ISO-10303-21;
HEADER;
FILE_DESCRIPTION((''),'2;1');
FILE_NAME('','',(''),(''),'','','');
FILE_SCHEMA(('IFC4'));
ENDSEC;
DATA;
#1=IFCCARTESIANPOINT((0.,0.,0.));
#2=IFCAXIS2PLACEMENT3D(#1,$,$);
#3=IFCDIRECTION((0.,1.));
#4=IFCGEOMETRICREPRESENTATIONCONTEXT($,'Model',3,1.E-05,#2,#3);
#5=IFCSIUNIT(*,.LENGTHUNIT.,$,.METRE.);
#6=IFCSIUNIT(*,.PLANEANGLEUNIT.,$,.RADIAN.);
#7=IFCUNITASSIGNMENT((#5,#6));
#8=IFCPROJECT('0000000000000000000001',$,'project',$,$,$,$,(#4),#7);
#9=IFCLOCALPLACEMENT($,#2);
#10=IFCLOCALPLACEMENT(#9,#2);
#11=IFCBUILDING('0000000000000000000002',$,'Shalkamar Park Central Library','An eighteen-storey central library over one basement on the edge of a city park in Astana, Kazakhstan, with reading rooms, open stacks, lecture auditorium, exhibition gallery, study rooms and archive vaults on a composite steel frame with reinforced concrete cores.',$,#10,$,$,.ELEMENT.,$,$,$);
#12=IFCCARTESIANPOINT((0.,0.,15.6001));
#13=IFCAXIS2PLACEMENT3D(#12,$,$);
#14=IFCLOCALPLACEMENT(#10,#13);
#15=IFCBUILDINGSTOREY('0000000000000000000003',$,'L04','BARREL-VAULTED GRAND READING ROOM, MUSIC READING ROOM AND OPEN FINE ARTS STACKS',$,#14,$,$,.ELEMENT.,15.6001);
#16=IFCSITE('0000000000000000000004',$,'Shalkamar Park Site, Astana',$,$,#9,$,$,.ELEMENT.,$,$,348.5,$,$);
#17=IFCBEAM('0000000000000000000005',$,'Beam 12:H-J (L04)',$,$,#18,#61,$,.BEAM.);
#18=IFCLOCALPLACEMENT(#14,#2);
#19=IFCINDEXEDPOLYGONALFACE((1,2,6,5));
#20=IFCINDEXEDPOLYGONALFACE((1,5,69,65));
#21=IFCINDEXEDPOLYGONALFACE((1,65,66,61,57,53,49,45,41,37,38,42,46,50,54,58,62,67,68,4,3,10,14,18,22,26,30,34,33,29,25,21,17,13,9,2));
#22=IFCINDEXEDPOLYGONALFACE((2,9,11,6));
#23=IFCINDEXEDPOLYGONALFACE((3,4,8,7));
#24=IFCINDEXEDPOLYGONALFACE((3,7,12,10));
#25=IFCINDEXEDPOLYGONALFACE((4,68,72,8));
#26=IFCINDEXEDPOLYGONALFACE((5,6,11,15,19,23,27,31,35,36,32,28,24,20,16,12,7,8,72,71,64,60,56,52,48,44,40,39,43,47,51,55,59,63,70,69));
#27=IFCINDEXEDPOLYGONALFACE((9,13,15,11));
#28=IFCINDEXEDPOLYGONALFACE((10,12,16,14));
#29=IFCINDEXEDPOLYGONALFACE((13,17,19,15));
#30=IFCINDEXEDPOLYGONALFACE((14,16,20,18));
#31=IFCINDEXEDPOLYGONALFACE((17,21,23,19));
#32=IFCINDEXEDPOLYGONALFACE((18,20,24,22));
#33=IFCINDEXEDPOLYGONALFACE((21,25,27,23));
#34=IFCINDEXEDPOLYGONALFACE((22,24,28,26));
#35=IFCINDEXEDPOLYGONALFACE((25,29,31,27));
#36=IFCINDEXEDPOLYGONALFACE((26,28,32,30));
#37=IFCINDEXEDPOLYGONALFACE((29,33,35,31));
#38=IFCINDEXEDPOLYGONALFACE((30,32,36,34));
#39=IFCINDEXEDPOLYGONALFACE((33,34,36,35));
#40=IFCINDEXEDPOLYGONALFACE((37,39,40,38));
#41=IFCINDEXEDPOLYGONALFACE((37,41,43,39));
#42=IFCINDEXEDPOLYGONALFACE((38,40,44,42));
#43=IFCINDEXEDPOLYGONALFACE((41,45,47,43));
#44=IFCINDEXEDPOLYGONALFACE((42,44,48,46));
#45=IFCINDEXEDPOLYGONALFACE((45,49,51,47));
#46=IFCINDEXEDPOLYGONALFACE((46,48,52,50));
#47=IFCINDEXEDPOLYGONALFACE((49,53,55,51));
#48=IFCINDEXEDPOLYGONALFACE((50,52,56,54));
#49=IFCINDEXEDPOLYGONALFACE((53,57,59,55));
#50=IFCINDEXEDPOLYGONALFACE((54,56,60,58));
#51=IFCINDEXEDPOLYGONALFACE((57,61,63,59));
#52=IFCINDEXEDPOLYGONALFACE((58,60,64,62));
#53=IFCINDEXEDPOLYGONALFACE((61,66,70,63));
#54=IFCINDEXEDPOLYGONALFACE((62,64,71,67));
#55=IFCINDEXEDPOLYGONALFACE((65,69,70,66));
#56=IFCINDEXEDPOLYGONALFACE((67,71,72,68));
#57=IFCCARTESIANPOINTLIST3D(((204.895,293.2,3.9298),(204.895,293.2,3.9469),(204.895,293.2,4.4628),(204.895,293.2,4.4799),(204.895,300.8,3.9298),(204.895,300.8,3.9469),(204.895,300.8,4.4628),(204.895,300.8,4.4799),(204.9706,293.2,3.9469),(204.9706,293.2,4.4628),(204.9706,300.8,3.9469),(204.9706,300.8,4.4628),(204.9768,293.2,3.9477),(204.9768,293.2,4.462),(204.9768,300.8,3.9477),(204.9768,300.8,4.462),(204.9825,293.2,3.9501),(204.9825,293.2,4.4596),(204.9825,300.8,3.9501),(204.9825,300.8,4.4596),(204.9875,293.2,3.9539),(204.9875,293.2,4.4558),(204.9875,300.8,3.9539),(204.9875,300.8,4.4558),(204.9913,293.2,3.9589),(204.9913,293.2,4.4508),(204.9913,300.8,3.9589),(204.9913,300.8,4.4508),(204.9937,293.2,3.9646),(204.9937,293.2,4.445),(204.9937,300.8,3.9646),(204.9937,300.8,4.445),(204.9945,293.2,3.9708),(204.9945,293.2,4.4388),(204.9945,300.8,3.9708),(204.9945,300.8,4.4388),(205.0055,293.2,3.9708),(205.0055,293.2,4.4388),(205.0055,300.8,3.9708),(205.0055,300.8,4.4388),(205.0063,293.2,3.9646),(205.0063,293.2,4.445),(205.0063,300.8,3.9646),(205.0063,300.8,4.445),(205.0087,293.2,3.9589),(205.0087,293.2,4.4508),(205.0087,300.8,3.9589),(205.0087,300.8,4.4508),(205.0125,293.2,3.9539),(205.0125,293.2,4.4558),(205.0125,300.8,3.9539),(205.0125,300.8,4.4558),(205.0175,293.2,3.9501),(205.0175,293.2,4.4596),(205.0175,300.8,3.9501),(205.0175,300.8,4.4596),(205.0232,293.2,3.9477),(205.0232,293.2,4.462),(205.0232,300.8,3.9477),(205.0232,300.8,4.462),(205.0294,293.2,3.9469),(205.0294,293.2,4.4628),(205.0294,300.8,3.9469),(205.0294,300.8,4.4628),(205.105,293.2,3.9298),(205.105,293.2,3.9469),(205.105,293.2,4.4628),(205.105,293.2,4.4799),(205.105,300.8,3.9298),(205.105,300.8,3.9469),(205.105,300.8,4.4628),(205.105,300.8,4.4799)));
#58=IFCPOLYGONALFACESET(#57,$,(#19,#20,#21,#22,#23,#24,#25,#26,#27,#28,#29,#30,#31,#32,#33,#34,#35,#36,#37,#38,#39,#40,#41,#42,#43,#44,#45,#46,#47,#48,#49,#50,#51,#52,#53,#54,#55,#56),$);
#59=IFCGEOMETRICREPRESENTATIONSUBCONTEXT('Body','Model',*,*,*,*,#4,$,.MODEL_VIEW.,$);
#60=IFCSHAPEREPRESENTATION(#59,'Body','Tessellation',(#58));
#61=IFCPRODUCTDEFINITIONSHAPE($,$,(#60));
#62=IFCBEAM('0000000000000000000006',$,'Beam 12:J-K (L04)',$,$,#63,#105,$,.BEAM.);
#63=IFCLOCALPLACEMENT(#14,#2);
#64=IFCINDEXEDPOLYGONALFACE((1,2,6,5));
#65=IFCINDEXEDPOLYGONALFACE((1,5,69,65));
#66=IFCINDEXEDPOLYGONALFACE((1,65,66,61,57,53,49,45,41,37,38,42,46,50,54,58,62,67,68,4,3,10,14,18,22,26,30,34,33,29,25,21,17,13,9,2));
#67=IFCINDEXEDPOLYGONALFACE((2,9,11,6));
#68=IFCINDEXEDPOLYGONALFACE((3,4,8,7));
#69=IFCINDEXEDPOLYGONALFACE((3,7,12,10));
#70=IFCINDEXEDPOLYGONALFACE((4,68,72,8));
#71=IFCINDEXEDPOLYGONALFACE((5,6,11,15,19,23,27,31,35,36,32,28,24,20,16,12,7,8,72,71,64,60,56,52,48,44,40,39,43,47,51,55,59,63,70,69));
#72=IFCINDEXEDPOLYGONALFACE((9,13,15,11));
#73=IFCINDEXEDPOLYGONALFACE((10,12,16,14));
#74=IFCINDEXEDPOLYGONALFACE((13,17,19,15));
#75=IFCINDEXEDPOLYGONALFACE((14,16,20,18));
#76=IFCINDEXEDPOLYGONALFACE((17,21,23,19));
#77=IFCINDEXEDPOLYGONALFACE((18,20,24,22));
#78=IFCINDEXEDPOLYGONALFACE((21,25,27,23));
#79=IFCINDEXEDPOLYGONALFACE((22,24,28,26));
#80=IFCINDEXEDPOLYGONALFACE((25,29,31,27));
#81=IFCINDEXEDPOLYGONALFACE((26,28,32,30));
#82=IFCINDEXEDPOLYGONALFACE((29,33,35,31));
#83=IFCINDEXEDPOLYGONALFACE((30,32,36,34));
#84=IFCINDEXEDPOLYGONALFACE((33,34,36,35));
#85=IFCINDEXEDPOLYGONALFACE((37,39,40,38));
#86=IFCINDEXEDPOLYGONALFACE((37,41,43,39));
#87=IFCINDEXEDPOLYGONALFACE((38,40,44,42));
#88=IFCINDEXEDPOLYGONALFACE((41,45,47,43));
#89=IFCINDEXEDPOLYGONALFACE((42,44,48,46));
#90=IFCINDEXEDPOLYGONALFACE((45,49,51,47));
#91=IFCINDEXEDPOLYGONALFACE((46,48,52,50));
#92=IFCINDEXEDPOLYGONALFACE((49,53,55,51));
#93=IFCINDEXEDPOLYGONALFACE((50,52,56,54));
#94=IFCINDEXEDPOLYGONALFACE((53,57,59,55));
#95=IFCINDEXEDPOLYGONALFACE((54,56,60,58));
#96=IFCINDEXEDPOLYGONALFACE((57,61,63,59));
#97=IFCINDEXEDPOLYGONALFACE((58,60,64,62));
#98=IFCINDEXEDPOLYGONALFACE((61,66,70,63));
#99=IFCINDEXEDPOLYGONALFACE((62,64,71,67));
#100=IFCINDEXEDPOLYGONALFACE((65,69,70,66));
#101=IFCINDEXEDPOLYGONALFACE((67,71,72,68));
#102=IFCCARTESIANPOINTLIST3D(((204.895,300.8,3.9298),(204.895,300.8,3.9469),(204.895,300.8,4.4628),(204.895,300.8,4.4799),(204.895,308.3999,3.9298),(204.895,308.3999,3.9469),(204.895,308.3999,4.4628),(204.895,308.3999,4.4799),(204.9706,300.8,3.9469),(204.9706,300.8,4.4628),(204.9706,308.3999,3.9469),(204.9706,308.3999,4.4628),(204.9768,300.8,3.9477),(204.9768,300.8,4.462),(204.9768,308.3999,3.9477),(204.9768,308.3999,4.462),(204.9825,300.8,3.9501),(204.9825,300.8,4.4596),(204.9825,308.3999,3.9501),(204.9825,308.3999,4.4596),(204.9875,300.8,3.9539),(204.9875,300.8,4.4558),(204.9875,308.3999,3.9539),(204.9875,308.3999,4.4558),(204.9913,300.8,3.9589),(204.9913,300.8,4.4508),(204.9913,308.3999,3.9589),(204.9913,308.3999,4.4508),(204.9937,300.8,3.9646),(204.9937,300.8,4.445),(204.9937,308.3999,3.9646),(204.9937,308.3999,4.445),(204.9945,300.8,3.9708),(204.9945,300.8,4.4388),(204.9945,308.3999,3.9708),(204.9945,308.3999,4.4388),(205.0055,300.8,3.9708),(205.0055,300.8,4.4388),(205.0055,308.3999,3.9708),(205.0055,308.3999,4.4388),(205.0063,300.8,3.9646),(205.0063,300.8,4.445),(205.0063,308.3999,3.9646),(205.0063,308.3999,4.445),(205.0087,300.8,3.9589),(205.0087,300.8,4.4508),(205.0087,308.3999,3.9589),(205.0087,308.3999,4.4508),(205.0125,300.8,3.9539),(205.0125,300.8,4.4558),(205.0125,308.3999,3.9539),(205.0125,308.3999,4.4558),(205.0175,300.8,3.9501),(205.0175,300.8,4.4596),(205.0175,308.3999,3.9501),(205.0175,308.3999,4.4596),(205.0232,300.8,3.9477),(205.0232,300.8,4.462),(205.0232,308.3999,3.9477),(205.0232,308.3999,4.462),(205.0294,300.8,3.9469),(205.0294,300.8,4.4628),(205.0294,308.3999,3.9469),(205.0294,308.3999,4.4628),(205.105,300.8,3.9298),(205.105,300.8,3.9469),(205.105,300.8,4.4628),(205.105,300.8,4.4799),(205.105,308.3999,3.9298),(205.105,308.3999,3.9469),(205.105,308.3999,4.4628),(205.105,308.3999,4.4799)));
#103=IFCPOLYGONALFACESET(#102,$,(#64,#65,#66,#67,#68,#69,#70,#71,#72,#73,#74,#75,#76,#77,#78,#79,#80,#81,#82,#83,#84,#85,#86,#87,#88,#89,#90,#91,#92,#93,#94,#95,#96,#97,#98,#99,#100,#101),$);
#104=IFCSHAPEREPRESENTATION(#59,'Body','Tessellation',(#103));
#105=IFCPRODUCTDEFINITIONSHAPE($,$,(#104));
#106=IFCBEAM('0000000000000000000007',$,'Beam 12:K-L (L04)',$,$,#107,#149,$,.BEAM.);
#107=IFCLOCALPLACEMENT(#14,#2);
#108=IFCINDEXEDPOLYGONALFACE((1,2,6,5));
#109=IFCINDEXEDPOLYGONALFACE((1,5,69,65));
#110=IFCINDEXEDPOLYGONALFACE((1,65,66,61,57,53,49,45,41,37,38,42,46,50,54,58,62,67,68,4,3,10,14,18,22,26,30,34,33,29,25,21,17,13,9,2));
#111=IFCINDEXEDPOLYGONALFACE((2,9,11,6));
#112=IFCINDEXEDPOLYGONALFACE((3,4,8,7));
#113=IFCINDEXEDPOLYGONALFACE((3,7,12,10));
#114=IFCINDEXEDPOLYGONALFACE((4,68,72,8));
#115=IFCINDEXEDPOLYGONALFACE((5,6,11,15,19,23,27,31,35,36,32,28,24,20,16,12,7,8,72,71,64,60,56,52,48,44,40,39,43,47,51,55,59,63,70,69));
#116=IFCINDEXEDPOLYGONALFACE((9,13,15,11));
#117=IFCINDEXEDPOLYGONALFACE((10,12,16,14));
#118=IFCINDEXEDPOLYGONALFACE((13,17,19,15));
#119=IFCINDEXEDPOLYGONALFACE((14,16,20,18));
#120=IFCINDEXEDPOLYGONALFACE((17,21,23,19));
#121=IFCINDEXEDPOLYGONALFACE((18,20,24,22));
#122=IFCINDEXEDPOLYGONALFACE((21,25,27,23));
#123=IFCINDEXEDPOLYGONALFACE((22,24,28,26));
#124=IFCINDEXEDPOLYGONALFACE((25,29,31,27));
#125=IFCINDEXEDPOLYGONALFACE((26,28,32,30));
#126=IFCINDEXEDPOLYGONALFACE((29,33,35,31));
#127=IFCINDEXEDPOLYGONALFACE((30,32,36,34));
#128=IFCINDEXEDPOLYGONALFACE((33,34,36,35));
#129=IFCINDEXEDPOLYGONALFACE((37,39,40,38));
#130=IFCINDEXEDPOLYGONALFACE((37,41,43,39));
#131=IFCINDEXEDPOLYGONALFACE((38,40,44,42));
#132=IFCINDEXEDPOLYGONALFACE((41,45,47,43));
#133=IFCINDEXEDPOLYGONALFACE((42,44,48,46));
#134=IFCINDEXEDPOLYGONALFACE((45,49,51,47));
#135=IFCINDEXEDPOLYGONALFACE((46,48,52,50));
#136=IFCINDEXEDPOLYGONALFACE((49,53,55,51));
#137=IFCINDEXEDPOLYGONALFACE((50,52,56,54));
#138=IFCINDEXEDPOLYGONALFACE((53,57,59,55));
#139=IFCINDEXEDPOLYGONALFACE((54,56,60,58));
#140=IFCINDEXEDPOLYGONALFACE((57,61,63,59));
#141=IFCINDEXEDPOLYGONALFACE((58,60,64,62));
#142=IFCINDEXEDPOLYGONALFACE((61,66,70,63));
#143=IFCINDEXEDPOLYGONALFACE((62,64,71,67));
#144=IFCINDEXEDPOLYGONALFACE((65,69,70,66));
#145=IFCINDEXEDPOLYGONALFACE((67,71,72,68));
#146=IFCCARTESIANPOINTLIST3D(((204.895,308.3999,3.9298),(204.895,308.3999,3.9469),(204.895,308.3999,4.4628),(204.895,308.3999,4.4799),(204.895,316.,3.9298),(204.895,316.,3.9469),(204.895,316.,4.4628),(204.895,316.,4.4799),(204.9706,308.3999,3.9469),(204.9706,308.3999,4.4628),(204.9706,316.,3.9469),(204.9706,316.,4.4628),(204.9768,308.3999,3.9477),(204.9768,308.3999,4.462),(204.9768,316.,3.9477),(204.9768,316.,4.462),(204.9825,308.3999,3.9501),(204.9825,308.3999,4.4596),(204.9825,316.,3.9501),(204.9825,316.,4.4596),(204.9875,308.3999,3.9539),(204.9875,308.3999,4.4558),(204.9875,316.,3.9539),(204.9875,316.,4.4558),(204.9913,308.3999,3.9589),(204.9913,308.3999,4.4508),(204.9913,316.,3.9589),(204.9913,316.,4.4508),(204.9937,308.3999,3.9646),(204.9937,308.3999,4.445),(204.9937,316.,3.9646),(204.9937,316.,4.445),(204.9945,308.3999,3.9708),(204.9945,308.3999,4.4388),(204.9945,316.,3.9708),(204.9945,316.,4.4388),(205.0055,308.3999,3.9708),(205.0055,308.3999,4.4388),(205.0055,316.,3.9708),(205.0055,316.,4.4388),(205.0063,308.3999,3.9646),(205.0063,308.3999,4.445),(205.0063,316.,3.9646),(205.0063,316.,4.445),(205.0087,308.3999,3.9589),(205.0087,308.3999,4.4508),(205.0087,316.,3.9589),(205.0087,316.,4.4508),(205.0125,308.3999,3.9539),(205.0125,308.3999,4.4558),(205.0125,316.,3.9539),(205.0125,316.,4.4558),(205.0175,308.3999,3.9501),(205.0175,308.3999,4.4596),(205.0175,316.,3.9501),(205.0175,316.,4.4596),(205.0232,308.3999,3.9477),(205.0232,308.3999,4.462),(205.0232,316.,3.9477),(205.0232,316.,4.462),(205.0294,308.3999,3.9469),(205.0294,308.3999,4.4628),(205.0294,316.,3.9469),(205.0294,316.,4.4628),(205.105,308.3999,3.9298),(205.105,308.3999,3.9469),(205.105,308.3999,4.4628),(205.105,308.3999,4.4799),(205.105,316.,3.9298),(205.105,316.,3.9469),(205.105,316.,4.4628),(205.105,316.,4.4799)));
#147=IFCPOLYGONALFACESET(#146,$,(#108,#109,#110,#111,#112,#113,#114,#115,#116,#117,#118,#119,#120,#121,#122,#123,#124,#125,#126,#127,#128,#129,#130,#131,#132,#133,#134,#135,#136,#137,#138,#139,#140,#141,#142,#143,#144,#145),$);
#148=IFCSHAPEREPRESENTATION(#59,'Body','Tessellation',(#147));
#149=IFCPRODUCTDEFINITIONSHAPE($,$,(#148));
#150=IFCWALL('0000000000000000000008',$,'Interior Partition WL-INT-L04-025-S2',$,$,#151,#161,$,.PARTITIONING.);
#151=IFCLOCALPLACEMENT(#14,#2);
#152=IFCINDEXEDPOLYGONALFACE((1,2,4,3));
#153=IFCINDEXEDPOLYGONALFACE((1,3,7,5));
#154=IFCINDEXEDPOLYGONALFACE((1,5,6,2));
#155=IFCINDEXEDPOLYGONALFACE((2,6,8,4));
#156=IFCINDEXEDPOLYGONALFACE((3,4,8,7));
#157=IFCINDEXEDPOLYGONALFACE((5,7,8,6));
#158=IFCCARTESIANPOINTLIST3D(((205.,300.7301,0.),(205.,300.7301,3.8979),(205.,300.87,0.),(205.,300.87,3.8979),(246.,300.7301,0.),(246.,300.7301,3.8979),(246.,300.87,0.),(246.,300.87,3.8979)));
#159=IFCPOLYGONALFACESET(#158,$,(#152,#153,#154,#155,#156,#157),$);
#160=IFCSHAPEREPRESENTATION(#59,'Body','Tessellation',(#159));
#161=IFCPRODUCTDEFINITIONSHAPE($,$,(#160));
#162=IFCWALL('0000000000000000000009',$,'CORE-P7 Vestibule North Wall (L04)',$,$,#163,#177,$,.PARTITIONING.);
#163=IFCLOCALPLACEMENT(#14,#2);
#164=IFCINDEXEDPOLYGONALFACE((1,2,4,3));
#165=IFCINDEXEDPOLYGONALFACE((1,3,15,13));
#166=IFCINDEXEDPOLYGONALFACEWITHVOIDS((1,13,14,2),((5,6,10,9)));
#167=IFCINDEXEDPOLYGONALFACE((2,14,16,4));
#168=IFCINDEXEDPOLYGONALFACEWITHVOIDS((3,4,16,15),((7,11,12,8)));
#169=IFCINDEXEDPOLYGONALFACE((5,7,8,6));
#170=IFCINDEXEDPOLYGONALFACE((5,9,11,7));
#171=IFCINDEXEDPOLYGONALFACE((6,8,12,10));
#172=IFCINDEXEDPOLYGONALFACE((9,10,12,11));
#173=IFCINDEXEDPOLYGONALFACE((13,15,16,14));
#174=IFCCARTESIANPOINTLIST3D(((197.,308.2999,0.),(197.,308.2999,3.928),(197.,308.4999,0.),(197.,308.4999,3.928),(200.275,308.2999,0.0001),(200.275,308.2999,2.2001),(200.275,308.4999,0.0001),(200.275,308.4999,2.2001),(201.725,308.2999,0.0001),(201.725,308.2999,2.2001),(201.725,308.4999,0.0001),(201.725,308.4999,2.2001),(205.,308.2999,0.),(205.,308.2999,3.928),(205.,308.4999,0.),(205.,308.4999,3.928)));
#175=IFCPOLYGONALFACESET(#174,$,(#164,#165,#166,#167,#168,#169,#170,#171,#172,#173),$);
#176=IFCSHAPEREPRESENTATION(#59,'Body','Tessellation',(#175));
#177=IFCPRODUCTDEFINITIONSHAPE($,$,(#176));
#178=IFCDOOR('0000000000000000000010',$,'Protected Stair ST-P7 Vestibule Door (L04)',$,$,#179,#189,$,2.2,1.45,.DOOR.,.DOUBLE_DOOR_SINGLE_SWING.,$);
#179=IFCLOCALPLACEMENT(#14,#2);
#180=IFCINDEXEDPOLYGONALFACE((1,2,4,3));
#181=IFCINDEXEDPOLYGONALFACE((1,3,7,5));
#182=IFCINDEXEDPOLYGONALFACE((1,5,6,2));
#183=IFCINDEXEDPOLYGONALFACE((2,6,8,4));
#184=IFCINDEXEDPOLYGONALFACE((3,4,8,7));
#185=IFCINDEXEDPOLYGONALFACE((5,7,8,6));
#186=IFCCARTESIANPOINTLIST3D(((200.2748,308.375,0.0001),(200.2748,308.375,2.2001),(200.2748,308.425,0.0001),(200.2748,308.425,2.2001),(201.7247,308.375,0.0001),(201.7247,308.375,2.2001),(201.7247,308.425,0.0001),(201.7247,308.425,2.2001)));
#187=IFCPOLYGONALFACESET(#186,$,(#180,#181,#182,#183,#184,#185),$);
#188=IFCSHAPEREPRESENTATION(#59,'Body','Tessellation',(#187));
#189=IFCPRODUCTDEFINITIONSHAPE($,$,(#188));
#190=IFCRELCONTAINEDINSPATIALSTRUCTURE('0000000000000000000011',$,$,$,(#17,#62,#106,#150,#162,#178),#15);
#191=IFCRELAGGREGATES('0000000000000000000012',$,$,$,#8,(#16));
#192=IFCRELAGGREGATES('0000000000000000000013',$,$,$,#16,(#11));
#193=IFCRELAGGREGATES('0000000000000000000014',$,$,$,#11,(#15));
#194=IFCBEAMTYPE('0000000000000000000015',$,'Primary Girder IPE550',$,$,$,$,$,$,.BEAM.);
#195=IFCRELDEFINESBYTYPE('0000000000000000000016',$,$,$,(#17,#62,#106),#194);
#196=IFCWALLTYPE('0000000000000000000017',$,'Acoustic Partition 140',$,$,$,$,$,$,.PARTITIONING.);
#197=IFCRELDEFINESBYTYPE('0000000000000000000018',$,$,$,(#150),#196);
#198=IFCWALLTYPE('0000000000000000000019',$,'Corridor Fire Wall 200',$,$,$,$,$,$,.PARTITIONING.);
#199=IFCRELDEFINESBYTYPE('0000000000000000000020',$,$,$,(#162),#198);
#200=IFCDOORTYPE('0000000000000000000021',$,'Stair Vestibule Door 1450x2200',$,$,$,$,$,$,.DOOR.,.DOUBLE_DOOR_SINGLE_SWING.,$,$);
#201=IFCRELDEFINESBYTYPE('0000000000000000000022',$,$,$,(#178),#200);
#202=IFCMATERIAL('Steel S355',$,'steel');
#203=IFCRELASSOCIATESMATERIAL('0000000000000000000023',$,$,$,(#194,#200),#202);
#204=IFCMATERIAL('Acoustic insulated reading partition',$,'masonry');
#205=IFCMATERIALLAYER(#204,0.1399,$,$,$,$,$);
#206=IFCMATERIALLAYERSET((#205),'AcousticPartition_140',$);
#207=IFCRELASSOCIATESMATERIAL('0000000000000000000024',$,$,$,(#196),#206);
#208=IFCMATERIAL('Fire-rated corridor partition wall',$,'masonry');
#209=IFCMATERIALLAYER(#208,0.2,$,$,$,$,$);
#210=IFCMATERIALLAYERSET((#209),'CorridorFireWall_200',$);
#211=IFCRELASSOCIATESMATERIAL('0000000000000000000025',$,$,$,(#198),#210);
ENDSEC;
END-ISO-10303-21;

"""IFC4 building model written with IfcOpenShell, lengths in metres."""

from ifc_helpers import new_model, si_unit, direction, frame, frame_2d, origin, origin_2d, place, context, subcontext, project, spatial, rectangle, i_section, extrude, material, layer, layer_set, material_profile, profile_set, type_object, element, fill, save


model = new_model("IFC4")

# Units and contexts
model_context = context("Model", 3, precision=1e-05, world=origin(), true_north=direction((0.0, 1.0)))
body_context = subcontext(model_context, "Body", "Model", "MODEL_VIEW")
ifc_project = project(units=[si_unit("LENGTHUNIT", "METRE"), si_unit("PLANEANGLEUNIT", "RADIAN")], contexts=[model_context])

# Site, building, storey
site_placement = place(None, origin())
site = spatial("IfcSite", under=ifc_project, at=site_placement, Name="Shalkamar Park Site, Astana", CompositionType="ELEMENT", RefElevation=348.5)
building_placement = place(site_placement, origin())
building = spatial("IfcBuilding", under=site, at=building_placement, Name="Shalkamar Park Central Library", Description="An eighteen-storey central library over one basement on the edge of a city park in Astana, Kazakhstan, with reading rooms, open stacks, lecture auditorium, exhibition gallery, study rooms and archive vaults on a composite steel frame with reinforced concrete cores.", CompositionType="ELEMENT")
storey_placement = place(building_placement, frame((0.0, 0.0, 15.6001)))
storey = spatial("IfcBuildingStorey", under=building, at=storey_placement, Name="L04", Description="BARREL-VAULTED GRAND READING ROOM, MUSIC READING ROOM AND OPEN FINE ARTS STACKS", CompositionType="ELEMENT", Elevation=15.6001)

# Shared definitions
ifc_material_1 = material(Name="Steel S355", Category="steel")

# Beams
ifc_material_profile_1 = material_profile(ifc_material_1, i_section(OverallWidth=0.21, OverallDepth=0.55, WebThickness=0.011, FlangeThickness=0.0171, FilletRadius=0.0239, at=origin_2d()), Name="IPE 550")
ifc_profile_set_1 = profile_set([ifc_material_profile_1], Name="Steel S355")
beam_type_1 = type_object("IfcBeamType", Name="Primary Girder IPE550", PredefinedType="BEAM", material=ifc_profile_set_1)
beam_1_placement = place(storey_placement, frame((205.0, 293.2, 4.2048), z_axis=(0.0, 1.0, 0.0), x_axis=(-1.0, 0.0, 0.0)))
element("IfcBeam", 1, at=beam_1_placement, inside=storey, type_object=beam_type_1, Name="Beam 12:H-J (L04)", PredefinedType="BEAM", context=body_context, shape_type="SweptSolid", body=[
    extrude(i_section(OverallWidth=0.21, OverallDepth=0.55, WebThickness=0.011, FlangeThickness=0.0171, FilletRadius=0.0239, at=origin_2d()), origin(), (0.0, 0.0, 1.0), 7.6001),
])
beam_2_placement = place(storey_placement, frame((205.0, 300.8, 4.2048), z_axis=(0.0, 1.0, 0.0), x_axis=(-1.0, 0.0, 0.0)))
element("IfcBeam", 2, at=beam_2_placement, inside=storey, type_object=beam_type_1, Name="Beam 12:J-K (L04)", PredefinedType="BEAM", context=body_context, shape_type="SweptSolid", body=[
    extrude(i_section(OverallWidth=0.21, OverallDepth=0.55, WebThickness=0.011, FlangeThickness=0.0171, FilletRadius=0.0239, at=origin_2d()), origin(), (0.0, 0.0, 1.0), 7.5999),
])
beam_3_placement = place(storey_placement, frame((205.0, 308.3999, 4.2048), z_axis=(0.0, 1.0, 0.0), x_axis=(-1.0, 0.0, 0.0)))
element("IfcBeam", 3, at=beam_3_placement, inside=storey, type_object=beam_type_1, Name="Beam 12:K-L (L04)", PredefinedType="BEAM", context=body_context, shape_type="SweptSolid", body=[
    extrude(i_section(OverallWidth=0.21, OverallDepth=0.55, WebThickness=0.011, FlangeThickness=0.0171, FilletRadius=0.0239, at=origin_2d()), origin(), (0.0, 0.0, 1.0), 7.6001),
])

# Wall
ifc_material_2 = material(Name="Acoustic insulated reading partition", Category="masonry")
ifc_layer_1 = layer(ifc_material_2, 0.1399)
ifc_layer_set_1 = layer_set([ifc_layer_1], Name="AcousticPartition_140")
wall_type_1 = type_object("IfcWallType", Name="Acoustic Partition 140", PredefinedType="PARTITIONING", material=ifc_layer_set_1)
wall_1_placement = place(storey_placement, frame((205.0, 300.8, 0.0), z_axis=(0.0, 0.0, 1.0), x_axis=(1.0, 0.0, 0.0)))
element("IfcWall", 4, at=wall_1_placement, inside=storey, type_object=wall_type_1, Name="Interior Partition WL-INT-L04-025-S2", PredefinedType="PARTITIONING", context=body_context, shape_type="SweptSolid", body=[
    extrude(rectangle(XDim=41.0, YDim=0.1399, at=frame_2d((20.5, 0.0))), origin(), (0.0, 0.0, 1.0), 3.8979),
])

# Wall, opening, door
ifc_material_3 = material(Name="Fire-rated corridor partition wall", Category="masonry")
ifc_layer_2 = layer(ifc_material_3, 0.2)
ifc_layer_set_2 = layer_set([ifc_layer_2], Name="CorridorFireWall_200")
wall_type_2 = type_object("IfcWallType", Name="Corridor Fire Wall 200", PredefinedType="PARTITIONING", material=ifc_layer_set_2)
wall_2_placement = place(storey_placement, frame((197.0, 308.3999, 0.0), z_axis=(0.0, 0.0, 1.0), x_axis=(1.0, 0.0, 0.0)))
wall_2 = element("IfcWall", 5, at=wall_2_placement, inside=storey, type_object=wall_type_2, Name="CORE-P7 Vestibule North Wall (L04)", PredefinedType="PARTITIONING", context=body_context, shape_type="SweptSolid", body=[
    extrude(rectangle(XDim=8.0, YDim=0.2, at=frame_2d((4.0, 0.0))), origin(), (0.0, 0.0, 1.0), 3.928),
])
opening_1_placement = place(wall_2_placement, frame((3.2749, 0.0, 0.0)))
opening_1 = element("IfcOpeningElement", 6, at=opening_1_placement, cuts=wall_2, PredefinedType="OPENING", context=body_context, shape_type="SweptSolid", body=[
    extrude(rectangle(XDim=1.45, YDim=2.2, at=frame_2d((0.7251, 1.1001))), frame((0.0, 0.1147, 0.0), z_axis=(0.0, -1.0, 0.0), x_axis=(1.0, 0.0, 0.0)), (0.0, 0.0, 1.0), 0.2297),
])
door_type_1 = type_object("IfcDoorType", Name="Stair Vestibule Door 1450x2200", OperationType="DOUBLE_DOOR_SINGLE_SWING", PredefinedType="DOOR", material=ifc_material_1)
door_1_placement = place(opening_1_placement, frame((1.45, 0.0, 0.0), z_axis=(0.0, 0.0, 1.0), x_axis=(-1.0, 0.0, 0.0)))
door_1 = element("IfcDoor", 7, at=door_1_placement, inside=storey, type_object=door_type_1, Name="Protected Stair ST-P7 Vestibule Door (L04)", OperationType="DOUBLE_DOOR_SINGLE_SWING", OverallHeight=2.2, OverallWidth=1.45, PredefinedType="DOOR", context=body_context, shape_type="SweptSolid", body=[
    extrude(rectangle(XDim=1.45, YDim=2.2, at=frame_2d((0.7251, 1.1001))), frame((0.0, 0.0249, 0.0), z_axis=(0.0, -1.0, 0.0), x_axis=(1.0, 0.0, 0.0)), (0.0, 0.0, 1.0), 0.05),
])
fill(opening_1, door_1)

save(model, "model.ifc")
